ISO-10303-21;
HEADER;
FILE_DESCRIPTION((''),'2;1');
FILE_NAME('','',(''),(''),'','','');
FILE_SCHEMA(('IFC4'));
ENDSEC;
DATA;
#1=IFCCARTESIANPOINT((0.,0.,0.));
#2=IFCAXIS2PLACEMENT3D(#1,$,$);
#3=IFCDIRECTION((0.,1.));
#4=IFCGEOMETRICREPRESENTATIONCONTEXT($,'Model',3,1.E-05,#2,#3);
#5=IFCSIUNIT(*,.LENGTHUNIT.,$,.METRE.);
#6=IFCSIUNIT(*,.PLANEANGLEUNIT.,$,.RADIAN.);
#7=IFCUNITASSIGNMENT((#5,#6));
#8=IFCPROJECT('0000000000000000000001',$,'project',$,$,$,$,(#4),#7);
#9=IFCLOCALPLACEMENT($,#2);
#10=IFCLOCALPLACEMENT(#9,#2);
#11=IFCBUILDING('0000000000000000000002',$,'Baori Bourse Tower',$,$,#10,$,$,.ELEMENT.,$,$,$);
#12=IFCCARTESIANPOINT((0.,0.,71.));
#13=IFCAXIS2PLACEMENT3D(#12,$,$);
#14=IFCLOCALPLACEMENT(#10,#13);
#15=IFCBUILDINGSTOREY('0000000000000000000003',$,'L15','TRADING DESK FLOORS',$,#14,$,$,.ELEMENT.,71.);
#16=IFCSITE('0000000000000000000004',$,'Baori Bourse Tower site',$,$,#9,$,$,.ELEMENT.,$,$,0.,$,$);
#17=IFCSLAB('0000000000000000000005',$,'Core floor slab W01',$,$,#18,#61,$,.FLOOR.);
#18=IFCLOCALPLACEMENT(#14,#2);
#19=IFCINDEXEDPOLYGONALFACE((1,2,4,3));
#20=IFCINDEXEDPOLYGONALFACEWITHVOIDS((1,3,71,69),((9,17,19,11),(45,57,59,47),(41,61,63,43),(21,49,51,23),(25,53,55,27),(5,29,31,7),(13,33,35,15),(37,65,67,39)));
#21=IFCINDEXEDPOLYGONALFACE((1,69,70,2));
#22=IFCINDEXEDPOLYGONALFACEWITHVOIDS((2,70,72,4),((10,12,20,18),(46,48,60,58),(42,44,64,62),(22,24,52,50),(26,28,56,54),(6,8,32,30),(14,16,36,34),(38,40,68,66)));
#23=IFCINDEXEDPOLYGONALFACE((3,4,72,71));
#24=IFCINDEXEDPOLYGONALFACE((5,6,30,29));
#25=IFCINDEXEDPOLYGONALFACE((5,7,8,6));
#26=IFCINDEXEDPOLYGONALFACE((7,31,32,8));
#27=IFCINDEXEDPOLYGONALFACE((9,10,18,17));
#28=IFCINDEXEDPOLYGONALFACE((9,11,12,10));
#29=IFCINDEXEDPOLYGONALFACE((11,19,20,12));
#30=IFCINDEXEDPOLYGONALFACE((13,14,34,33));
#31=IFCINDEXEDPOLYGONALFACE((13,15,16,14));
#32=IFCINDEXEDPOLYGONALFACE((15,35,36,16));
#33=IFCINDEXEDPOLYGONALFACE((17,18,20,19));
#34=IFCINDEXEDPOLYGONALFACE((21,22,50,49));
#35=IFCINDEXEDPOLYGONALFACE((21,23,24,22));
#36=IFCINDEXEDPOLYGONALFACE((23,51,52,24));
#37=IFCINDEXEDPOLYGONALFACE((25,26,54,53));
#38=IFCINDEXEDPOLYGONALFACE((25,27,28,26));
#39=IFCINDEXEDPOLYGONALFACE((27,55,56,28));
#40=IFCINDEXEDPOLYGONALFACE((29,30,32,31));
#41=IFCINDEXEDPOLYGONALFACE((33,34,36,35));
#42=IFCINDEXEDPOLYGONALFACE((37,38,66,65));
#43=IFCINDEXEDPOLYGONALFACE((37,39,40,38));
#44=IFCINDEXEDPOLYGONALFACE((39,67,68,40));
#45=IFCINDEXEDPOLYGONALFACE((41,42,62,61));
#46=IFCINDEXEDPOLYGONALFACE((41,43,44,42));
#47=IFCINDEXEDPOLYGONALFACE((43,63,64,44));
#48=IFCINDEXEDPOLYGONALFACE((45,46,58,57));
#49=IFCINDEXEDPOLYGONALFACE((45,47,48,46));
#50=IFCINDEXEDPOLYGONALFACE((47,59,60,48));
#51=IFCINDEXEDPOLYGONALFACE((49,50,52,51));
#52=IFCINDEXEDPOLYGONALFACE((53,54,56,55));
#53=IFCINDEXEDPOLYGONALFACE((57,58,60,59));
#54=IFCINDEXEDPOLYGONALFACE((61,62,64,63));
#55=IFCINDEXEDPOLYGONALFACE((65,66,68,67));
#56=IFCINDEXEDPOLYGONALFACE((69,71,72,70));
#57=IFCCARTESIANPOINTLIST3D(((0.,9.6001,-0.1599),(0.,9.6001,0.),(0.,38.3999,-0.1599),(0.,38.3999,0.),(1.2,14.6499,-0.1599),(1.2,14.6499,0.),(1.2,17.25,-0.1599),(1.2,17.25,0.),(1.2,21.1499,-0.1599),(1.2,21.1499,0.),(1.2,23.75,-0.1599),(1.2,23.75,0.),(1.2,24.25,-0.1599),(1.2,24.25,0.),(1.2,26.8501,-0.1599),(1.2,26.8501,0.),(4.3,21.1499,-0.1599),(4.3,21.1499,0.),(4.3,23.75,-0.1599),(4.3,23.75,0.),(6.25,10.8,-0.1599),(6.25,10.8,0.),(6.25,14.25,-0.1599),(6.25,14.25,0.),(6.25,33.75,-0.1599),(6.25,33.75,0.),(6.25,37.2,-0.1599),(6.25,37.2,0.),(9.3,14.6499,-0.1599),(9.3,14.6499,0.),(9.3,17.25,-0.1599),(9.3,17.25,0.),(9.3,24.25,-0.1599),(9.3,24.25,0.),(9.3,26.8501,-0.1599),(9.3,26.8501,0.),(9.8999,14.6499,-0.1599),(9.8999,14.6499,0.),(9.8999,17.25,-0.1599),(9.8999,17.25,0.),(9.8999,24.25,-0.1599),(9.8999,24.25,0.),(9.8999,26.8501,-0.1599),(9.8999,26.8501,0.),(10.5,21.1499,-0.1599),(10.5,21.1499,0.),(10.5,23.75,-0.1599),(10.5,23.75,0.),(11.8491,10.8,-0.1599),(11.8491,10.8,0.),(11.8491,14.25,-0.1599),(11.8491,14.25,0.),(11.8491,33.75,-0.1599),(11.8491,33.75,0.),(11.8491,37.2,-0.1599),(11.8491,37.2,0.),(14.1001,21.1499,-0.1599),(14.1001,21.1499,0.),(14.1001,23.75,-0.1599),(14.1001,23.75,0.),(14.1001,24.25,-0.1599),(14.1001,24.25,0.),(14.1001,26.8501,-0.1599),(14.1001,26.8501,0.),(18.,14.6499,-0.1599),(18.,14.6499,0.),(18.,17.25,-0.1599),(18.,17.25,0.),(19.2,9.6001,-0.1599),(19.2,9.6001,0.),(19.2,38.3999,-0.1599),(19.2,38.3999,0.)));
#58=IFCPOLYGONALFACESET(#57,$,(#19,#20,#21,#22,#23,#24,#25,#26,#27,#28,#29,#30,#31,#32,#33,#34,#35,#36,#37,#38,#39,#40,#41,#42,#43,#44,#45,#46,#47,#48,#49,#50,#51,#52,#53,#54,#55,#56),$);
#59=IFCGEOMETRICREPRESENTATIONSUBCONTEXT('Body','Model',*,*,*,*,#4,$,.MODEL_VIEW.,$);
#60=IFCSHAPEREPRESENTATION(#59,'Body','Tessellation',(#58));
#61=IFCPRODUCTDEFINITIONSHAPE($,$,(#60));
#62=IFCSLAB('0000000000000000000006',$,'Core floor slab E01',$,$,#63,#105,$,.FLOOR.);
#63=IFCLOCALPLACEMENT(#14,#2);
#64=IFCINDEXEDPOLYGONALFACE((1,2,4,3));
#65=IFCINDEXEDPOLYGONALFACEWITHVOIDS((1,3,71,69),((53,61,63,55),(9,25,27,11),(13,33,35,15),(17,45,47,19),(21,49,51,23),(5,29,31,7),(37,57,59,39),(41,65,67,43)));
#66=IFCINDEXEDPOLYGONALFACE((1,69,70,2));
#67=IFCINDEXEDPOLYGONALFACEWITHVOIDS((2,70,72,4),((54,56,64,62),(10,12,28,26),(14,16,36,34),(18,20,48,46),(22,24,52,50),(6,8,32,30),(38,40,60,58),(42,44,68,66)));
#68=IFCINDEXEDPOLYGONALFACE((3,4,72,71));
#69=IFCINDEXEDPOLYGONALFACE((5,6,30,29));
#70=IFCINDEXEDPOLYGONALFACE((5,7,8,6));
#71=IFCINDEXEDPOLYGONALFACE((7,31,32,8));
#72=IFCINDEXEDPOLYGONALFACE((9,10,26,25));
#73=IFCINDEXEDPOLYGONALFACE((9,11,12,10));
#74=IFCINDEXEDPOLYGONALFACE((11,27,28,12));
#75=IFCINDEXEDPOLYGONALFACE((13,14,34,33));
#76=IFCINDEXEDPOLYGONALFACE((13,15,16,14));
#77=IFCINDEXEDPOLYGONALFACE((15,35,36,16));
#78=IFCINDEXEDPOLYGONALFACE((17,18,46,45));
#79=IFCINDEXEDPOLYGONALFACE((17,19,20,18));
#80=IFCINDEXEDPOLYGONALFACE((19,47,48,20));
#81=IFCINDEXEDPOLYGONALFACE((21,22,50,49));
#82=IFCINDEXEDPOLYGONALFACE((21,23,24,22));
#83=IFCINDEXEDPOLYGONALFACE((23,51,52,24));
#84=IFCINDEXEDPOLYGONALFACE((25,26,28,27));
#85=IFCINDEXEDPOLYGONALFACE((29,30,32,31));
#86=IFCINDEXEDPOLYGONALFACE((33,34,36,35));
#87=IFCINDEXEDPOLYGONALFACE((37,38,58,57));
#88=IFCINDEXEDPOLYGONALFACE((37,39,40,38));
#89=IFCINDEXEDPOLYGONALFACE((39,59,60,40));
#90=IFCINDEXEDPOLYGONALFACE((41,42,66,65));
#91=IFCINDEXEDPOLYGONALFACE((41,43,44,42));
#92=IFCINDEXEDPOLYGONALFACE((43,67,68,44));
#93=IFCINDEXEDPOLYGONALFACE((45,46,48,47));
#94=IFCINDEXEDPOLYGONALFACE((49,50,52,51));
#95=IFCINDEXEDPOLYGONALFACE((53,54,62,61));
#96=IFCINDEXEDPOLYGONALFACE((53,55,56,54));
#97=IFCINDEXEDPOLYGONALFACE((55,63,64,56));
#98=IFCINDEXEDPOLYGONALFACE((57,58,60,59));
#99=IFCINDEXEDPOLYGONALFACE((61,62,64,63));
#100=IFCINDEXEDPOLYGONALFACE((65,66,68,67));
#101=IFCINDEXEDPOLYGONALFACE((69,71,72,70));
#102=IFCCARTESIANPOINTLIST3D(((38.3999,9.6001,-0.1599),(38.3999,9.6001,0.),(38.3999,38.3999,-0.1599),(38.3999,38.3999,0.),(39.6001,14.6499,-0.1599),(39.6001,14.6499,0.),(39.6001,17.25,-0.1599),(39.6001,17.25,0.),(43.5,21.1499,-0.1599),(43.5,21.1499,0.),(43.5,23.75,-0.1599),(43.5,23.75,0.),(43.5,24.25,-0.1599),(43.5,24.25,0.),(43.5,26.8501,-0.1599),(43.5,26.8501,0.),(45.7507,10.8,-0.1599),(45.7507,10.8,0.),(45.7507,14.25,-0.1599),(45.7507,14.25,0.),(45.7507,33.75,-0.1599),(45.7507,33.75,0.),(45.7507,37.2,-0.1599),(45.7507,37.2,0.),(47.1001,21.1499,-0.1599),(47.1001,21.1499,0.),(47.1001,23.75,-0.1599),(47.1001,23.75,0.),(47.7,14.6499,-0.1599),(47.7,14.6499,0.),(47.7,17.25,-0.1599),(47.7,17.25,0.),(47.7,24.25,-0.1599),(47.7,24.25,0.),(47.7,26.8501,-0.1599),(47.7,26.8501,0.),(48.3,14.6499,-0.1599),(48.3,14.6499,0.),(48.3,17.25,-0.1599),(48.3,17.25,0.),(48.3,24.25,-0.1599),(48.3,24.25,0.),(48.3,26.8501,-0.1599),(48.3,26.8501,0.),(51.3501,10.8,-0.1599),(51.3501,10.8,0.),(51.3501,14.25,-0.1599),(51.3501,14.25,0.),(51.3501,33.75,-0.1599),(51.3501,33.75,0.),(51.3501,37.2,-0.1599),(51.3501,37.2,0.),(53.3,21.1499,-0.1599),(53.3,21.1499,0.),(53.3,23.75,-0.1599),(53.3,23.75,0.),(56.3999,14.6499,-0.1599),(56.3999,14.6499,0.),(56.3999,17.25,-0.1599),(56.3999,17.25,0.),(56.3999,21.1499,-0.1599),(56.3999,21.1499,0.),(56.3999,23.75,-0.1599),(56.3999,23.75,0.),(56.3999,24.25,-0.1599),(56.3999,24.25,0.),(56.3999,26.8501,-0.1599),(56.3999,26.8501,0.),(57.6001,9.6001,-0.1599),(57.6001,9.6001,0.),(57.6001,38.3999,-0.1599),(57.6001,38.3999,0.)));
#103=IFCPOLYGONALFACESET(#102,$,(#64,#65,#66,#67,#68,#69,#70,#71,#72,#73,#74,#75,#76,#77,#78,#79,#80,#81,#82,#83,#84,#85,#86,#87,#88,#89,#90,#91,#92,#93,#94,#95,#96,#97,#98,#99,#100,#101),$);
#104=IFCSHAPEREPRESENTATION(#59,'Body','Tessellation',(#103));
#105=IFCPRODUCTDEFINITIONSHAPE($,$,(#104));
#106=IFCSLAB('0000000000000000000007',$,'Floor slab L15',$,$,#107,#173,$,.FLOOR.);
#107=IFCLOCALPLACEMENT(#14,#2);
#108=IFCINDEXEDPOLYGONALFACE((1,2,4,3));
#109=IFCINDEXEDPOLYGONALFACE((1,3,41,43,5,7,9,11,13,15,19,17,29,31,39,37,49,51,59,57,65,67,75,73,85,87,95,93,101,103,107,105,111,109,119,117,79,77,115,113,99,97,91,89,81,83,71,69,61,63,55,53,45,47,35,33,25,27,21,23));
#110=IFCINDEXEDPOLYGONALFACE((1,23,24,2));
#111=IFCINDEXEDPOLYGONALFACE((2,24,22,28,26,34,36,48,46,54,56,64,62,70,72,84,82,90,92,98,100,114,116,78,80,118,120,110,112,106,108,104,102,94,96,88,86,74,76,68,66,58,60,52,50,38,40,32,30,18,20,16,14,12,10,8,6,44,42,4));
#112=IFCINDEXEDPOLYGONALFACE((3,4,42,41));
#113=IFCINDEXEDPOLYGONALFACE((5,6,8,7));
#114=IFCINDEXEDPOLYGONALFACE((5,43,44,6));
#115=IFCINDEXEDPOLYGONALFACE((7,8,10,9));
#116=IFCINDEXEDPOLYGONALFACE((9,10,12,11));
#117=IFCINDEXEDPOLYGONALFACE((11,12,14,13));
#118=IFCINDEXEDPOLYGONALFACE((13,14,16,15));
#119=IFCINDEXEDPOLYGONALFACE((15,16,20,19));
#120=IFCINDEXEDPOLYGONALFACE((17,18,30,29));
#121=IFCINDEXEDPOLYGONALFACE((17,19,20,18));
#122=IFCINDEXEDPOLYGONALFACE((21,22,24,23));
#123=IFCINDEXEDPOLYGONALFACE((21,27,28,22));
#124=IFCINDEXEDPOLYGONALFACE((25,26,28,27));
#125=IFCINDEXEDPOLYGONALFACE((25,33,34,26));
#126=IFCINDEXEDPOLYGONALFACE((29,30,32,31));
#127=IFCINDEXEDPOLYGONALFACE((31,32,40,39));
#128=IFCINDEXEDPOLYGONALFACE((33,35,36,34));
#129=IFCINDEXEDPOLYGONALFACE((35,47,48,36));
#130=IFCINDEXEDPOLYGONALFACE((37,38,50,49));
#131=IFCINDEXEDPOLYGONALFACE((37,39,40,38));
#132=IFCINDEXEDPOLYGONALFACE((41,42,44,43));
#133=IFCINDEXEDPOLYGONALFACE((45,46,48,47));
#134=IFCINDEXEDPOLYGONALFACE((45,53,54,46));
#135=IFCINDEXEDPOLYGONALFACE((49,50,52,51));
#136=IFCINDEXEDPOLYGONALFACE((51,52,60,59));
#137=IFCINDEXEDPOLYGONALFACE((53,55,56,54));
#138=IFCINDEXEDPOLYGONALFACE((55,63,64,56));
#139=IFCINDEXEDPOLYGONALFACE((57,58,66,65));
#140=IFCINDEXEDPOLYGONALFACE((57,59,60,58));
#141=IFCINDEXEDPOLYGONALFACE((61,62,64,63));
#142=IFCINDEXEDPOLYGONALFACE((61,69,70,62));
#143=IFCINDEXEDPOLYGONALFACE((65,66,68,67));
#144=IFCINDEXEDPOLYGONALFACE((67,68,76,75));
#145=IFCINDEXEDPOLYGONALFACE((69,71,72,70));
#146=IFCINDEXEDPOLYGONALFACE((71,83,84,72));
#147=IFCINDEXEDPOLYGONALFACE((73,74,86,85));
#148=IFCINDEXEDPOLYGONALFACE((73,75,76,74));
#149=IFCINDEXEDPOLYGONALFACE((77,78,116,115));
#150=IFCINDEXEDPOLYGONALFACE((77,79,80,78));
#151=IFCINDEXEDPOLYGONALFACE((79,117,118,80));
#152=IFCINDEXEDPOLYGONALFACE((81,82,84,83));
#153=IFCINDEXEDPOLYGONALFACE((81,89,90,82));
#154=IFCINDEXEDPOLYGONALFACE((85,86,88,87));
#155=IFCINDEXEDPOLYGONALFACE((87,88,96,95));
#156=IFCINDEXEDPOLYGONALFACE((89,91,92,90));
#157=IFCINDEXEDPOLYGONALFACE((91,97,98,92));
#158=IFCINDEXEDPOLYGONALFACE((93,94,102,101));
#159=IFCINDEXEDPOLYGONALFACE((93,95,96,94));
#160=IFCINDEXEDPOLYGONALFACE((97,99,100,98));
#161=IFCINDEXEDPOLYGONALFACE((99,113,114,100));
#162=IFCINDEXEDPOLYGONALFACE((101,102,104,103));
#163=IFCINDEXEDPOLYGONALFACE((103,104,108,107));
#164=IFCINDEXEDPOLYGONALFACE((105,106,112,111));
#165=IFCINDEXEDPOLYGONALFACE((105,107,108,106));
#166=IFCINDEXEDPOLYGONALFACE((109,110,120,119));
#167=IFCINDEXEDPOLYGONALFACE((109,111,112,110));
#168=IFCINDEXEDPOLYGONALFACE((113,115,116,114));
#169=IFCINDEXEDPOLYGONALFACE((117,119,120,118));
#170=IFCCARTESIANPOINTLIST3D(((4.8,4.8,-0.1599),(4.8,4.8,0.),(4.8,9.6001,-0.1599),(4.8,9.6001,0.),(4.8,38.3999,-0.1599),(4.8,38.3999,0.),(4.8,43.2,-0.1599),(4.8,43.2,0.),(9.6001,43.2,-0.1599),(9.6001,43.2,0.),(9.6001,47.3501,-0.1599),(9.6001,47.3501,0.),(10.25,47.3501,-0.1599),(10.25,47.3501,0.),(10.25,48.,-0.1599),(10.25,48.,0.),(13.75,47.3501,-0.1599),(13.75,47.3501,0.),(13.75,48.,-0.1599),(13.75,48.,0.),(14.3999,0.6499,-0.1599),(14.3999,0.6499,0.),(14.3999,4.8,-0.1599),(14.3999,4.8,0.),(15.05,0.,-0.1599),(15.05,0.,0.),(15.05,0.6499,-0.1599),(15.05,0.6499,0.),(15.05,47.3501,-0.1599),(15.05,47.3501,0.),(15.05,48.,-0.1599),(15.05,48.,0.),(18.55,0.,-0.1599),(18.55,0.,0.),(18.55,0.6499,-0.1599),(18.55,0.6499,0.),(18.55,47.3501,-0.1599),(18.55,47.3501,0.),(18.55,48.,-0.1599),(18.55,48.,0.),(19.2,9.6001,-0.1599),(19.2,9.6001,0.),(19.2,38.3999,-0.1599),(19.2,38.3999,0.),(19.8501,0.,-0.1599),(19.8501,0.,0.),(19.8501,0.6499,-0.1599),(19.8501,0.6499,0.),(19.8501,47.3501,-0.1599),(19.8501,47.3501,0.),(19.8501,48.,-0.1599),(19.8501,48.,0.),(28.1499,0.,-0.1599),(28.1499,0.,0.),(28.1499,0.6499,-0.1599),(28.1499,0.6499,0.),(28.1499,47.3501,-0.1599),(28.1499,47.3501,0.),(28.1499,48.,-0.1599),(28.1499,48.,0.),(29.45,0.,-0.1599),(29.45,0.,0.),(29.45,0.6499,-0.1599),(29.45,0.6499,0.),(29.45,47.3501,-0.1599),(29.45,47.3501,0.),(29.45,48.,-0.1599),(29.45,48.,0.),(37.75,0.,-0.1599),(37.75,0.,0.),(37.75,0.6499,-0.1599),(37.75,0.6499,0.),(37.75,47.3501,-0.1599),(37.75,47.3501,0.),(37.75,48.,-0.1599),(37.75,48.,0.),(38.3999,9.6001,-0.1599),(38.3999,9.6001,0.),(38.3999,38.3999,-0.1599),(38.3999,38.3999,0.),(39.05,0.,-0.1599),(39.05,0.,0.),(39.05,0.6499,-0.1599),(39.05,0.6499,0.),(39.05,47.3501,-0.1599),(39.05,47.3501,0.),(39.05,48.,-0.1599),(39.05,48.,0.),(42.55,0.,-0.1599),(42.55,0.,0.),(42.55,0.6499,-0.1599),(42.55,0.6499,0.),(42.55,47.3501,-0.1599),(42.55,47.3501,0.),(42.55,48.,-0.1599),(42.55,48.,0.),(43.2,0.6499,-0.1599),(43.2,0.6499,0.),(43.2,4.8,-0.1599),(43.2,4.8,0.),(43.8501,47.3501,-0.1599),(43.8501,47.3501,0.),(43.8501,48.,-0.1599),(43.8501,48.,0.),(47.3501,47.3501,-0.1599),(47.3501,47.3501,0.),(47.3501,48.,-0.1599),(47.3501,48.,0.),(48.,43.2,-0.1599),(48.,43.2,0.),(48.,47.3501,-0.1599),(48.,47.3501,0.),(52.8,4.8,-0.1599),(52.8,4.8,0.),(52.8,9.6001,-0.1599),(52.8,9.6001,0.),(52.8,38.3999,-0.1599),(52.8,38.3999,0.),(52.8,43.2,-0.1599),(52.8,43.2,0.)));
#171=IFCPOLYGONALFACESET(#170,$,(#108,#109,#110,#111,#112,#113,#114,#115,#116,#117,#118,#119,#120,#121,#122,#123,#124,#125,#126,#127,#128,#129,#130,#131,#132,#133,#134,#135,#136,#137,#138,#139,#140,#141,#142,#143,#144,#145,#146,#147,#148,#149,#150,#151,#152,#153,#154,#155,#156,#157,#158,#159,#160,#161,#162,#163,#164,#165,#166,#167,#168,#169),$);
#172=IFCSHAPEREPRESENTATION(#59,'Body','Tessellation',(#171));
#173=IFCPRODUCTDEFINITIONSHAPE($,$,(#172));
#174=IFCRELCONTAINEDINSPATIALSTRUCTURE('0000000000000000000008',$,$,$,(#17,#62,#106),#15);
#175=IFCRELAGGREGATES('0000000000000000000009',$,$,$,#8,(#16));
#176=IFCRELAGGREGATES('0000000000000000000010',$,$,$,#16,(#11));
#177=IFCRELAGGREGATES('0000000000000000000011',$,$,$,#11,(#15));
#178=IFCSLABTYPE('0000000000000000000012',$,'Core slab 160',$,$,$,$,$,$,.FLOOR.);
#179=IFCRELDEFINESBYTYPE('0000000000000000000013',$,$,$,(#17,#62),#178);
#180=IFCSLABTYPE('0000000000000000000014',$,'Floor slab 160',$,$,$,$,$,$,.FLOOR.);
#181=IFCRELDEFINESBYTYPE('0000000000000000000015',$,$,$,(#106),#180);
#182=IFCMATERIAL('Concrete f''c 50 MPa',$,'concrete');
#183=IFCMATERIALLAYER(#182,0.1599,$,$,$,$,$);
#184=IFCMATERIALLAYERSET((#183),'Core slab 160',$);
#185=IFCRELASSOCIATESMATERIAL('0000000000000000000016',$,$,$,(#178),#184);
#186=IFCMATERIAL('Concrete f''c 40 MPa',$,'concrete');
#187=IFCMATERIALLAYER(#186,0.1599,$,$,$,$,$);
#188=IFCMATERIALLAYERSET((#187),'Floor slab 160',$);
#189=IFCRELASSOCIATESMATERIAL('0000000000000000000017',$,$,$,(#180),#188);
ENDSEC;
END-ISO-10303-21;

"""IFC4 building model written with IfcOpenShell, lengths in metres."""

from ifc_helpers import new_model, si_unit, direction, frame, origin, place, context, subcontext, project, spatial, polyline, outline, extrude, material, layer, layer_set, type_object, element, save


model = new_model("IFC4")

# Units and contexts
model_context = context("Model", 3, precision=1e-05, world=origin(), true_north=direction((0.0, 1.0)))
body_context = subcontext(model_context, "Body", "Model", "MODEL_VIEW")
ifc_project = project(units=[si_unit("LENGTHUNIT", "METRE"), si_unit("PLANEANGLEUNIT", "RADIAN")], contexts=[model_context])

# Site, building, storey
site_placement = place(None, origin())
site = spatial("IfcSite", under=ifc_project, at=site_placement, Name="Baori Bourse Tower site", CompositionType="ELEMENT", RefElevation=0.0)
building_placement = place(site_placement, origin())
building = spatial("IfcBuilding", under=site, at=building_placement, Name="Baori Bourse Tower", CompositionType="ELEMENT")
storey_placement = place(building_placement, frame((0.0, 0.0, 71.0)))
storey = spatial("IfcBuildingStorey", under=building, at=storey_placement, Name="L15", Description="TRADING DESK FLOORS", CompositionType="ELEMENT", Elevation=71.0)

# Slabs
ifc_material_1 = material(Name="Concrete f'c 50 MPa", Category="concrete")
ifc_layer_1 = layer(ifc_material_1, 0.1599)
ifc_layer_set_1 = layer_set([ifc_layer_1], Name="Core slab 160")
slab_type_1 = type_object("IfcSlabType", Name="Core slab 160", PredefinedType="FLOOR", material=ifc_layer_set_1)
slab_1_placement = place(storey_placement, frame((0.0, 0.0, -0.1599)))
element("IfcSlab", 1, at=slab_1_placement, inside=storey, type_object=slab_type_1, Name="Core floor slab W01", PredefinedType="FLOOR", context=body_context, shape_type="SweptSolid", body=[
    extrude(outline(polyline([(19.2, 9.6001), (19.2, 38.3999), (0.0, 38.3999), (0.0, 9.6001), (19.2, 9.6001)]), holes=[polyline([(9.8999, 14.6499), (9.8999, 17.25), (18.0, 17.25), (18.0, 14.6499), (9.8999, 14.6499)]), polyline([(10.5, 21.1499), (10.5, 23.75), (14.1001, 23.75), (14.1001, 21.1499), (10.5, 21.1499)]), polyline([(14.1001, 24.25), (9.8999, 24.25), (9.8999, 26.8501), (14.1001, 26.8501), (14.1001, 24.25)]), polyline([(6.25, 14.25), (11.8491, 14.25), (11.8491, 10.8), (6.25, 10.8), (6.25, 14.25)]), polyline([(11.8491, 37.2), (11.8491, 33.75), (6.25, 33.75), (6.25, 37.2), (11.8491, 37.2)]), polyline([(1.2, 26.8501), (9.3, 26.8501), (9.3, 24.25), (1.2, 24.25), (1.2, 26.8501)]), polyline([(9.3, 14.6499), (1.2, 14.6499), (1.2, 17.25), (9.3, 17.25), (9.3, 14.6499)]), polyline([(4.3, 23.75), (4.3, 21.1499), (1.2, 21.1499), (1.2, 23.75), (4.3, 23.75)])]), origin(), (0.0, 0.0, 1.0), 0.1599),
])
slab_2_placement = place(storey_placement, frame((0.0, 0.0, -0.1599)))
element("IfcSlab", 2, at=slab_2_placement, inside=storey, type_object=slab_type_1, Name="Core floor slab E01", PredefinedType="FLOOR", context=body_context, shape_type="SweptSolid", body=[
    extrude(outline(polyline([(38.3999, 9.6001), (57.6001, 9.6001), (57.6001, 38.3999), (38.3999, 38.3999), (38.3999, 9.6001)]), holes=[polyline([(48.3, 14.6499), (48.3, 17.25), (56.3999, 17.25), (56.3999, 14.6499), (48.3, 14.6499)]), polyline([(56.3999, 21.1499), (53.3, 21.1499), (53.3, 23.75), (56.3999, 23.75), (56.3999, 21.1499)]), polyline([(56.3999, 26.8501), (56.3999, 24.25), (48.3, 24.25), (48.3, 26.8501), (56.3999, 26.8501)]), polyline([(45.7507, 14.25), (51.3501, 14.25), (51.3501, 10.8), (45.7507, 10.8), (45.7507, 14.25)]), polyline([(51.3501, 37.2), (51.3501, 33.75), (45.7507, 33.75), (45.7507, 37.2), (51.3501, 37.2)]), polyline([(39.6001, 17.25), (47.7, 17.25), (47.7, 14.6499), (39.6001, 14.6499), (39.6001, 17.25)]), polyline([(43.5, 24.25), (43.5, 26.8501), (47.7, 26.8501), (47.7, 24.25), (43.5, 24.25)]), polyline([(43.5, 23.75), (47.1001, 23.75), (47.1001, 21.1499), (43.5, 21.1499), (43.5, 23.75)])]), origin(), (0.0, 0.0, 1.0), 0.1599),
])
ifc_material_2 = material(Name="Concrete f'c 40 MPa", Category="concrete")
ifc_layer_2 = layer(ifc_material_2, 0.1599)
ifc_layer_set_2 = layer_set([ifc_layer_2], Name="Floor slab 160")
slab_type_2 = type_object("IfcSlabType", Name="Floor slab 160", PredefinedType="FLOOR", material=ifc_layer_set_2)
slab_3_placement = place(storey_placement, frame((0.0, 0.0, -0.1599)))
element("IfcSlab", 3, at=slab_3_placement, inside=storey, type_object=slab_type_2, Name="Floor slab L15", PredefinedType="FLOOR", context=body_context, shape_type="SweptSolid", body=[
    extrude(outline(polyline([(14.3999, 4.8), (4.8, 4.8), (4.8, 9.6001), (19.2, 9.6001), (19.2, 38.3999), (4.8, 38.3999), (4.8, 43.2), (9.6001, 43.2), (9.6001, 47.3501), (10.25, 47.3501), (10.25, 48.0), (13.75, 48.0), (13.75, 47.3501), (15.05, 47.3501), (15.05, 48.0), (18.55, 48.0), (18.55, 47.3501), (19.8501, 47.3501), (19.8501, 48.0), (28.1499, 48.0), (28.1499, 47.3501), (29.45, 47.3501), (29.45, 48.0), (37.75, 48.0), (37.75, 47.3501), (39.05, 47.3501), (39.05, 48.0), (42.55, 48.0), (42.55, 47.3501), (43.8501, 47.3501), (43.8501, 48.0), (47.3501, 48.0), (47.3501, 47.3501), (48.0, 47.3501), (48.0, 43.2), (52.8, 43.2), (52.8, 38.3999), (38.3999, 38.3999), (38.3999, 9.6001), (52.8, 9.6001), (52.8, 4.8), (43.2, 4.8), (43.2, 0.6499), (42.55, 0.6499), (42.55, 0.0), (39.05, 0.0), (39.05, 0.6499), (37.75, 0.6499), (37.75, 0.0), (29.45, 0.0), (29.45, 0.6499), (28.1499, 0.6499), (28.1499, 0.0), (19.8501, 0.0), (19.8501, 0.6499), (18.55, 0.6499), (18.55, 0.0), (15.05, 0.0), (15.05, 0.6499), (14.3999, 0.6499), (14.3999, 4.8)])), origin(), (0.0, 0.0, 1.0), 0.1599),
])

save(model, "model.ifc")
